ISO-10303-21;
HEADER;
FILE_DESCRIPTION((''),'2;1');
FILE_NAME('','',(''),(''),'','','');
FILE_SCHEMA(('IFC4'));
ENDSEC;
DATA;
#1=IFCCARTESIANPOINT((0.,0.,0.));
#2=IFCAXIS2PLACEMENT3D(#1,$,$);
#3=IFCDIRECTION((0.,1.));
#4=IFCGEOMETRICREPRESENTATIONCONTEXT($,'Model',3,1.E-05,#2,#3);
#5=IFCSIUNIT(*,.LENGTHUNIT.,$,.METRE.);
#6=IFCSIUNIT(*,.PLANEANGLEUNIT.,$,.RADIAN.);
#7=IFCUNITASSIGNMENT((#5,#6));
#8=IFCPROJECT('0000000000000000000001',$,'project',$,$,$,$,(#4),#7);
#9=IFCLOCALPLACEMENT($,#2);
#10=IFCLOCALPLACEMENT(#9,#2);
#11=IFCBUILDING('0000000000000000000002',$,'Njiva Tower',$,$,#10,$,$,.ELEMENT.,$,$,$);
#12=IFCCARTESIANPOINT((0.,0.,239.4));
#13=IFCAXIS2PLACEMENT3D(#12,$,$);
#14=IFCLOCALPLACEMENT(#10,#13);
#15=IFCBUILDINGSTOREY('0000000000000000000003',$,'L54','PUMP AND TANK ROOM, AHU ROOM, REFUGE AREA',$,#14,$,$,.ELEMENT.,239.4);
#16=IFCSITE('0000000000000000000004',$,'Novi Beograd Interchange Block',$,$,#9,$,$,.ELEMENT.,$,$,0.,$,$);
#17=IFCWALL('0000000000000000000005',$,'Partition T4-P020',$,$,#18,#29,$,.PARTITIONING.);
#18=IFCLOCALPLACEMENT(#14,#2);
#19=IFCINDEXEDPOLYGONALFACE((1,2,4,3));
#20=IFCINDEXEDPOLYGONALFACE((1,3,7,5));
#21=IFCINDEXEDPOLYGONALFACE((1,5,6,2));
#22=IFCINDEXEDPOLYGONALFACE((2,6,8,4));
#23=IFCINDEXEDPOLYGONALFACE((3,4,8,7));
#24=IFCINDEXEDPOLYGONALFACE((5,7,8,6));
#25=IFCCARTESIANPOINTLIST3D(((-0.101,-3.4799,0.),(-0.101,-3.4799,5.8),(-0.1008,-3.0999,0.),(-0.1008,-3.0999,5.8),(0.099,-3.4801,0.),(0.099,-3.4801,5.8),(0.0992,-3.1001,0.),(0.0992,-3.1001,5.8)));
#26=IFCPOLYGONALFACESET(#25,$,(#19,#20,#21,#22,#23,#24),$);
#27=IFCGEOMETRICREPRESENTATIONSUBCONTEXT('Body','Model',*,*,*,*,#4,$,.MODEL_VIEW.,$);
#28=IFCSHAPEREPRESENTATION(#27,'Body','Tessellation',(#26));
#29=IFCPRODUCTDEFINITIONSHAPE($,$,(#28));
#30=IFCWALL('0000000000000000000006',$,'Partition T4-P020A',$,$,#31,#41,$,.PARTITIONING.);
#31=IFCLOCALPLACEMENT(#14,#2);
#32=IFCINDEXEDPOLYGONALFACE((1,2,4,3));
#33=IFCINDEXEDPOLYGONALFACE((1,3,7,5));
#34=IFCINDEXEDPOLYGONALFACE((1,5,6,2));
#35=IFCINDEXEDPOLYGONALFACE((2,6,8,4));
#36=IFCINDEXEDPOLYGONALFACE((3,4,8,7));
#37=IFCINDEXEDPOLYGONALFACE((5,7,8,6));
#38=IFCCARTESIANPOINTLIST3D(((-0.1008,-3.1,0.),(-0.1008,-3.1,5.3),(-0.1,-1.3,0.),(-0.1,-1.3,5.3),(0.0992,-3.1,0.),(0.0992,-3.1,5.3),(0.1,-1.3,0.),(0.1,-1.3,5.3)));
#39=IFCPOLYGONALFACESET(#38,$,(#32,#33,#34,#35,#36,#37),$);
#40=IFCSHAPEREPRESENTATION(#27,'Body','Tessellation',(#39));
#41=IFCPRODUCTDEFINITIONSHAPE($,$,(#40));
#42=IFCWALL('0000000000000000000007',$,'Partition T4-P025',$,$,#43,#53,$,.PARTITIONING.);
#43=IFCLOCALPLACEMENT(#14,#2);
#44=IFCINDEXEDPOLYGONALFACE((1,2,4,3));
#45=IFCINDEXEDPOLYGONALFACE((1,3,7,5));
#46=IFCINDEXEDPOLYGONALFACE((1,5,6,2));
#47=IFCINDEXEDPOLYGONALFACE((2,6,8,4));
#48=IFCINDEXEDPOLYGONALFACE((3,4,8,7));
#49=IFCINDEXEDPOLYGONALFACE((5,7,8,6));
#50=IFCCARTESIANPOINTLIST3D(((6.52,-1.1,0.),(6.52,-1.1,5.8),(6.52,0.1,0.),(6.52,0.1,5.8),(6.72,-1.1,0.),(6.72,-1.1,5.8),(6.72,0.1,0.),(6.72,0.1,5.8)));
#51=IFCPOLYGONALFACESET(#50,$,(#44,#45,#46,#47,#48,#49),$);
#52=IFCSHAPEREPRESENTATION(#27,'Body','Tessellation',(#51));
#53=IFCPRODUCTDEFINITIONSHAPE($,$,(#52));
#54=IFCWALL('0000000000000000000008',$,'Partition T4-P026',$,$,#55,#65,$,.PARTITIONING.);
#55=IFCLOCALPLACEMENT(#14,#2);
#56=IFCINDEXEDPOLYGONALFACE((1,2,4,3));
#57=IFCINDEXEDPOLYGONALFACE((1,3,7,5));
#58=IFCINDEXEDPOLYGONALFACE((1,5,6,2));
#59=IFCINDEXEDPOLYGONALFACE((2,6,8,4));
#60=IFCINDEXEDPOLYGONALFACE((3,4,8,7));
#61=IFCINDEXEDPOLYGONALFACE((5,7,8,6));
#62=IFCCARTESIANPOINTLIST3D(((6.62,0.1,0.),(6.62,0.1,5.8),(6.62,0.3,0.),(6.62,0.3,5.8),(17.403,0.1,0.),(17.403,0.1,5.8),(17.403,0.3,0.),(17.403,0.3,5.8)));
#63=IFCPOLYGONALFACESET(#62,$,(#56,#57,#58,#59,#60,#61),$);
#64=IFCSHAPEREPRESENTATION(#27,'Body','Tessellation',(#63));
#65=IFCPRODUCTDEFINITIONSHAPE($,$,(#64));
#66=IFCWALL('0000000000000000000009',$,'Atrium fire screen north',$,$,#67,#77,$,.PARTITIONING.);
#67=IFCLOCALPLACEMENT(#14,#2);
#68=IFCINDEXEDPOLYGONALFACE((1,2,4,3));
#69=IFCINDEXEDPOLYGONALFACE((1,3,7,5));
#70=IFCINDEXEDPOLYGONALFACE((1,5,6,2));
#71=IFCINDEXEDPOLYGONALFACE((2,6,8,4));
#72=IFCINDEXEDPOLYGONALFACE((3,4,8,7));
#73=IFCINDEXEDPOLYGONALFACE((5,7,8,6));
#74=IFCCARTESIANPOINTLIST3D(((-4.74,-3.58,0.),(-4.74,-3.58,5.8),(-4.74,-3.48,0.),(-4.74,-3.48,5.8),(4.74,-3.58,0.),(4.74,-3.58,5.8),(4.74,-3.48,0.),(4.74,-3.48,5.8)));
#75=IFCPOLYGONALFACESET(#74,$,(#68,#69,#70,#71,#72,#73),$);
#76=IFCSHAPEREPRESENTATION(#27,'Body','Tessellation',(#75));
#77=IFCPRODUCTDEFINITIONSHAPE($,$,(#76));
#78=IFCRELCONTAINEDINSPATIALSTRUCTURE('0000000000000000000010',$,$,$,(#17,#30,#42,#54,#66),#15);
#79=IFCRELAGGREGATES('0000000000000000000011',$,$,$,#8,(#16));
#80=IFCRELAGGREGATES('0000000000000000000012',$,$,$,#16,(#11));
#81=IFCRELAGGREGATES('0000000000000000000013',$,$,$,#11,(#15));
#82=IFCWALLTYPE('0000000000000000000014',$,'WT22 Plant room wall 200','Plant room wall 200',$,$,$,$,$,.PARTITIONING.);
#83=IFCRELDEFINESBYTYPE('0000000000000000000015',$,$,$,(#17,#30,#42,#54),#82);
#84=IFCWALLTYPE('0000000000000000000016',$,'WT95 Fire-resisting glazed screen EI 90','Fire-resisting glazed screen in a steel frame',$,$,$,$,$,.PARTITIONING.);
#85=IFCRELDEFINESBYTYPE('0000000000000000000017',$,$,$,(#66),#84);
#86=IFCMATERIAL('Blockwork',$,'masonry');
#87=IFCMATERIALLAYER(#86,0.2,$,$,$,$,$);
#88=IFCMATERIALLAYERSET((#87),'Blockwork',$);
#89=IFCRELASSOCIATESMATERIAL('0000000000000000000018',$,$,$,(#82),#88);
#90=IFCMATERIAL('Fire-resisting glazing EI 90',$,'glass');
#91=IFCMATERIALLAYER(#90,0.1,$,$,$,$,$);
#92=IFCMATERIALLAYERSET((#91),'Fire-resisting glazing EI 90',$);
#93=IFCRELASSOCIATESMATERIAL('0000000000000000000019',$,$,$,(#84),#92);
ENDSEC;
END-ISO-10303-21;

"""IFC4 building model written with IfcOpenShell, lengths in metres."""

from ifc_helpers import new_model, si_unit, direction, frame, frame_2d, origin, place, context, subcontext, project, spatial, rectangle, extrude, material, layer, layer_set, type_object, element, save


model = new_model("IFC4")

# Units and contexts
model_context = context("Model", 3, precision=1e-05, world=origin(), true_north=direction((0.0, 1.0)))
body_context = subcontext(model_context, "Body", "Model", "MODEL_VIEW")
ifc_project = project(units=[si_unit("LENGTHUNIT", "METRE"), si_unit("PLANEANGLEUNIT", "RADIAN")], contexts=[model_context])

# Site, building, storey
site_placement = place(None, origin())
site = spatial("IfcSite", under=ifc_project, at=site_placement, Name="Novi Beograd Interchange Block", CompositionType="ELEMENT", RefElevation=0.0)
building_placement = place(site_placement, origin())
building = spatial("IfcBuilding", under=site, at=building_placement, Name="Njiva Tower", CompositionType="ELEMENT")
storey_placement = place(building_placement, frame((0.0, 0.0, 239.4)))
storey = spatial("IfcBuildingStorey", under=building, at=storey_placement, Name="L54", Description="PUMP AND TANK ROOM, AHU ROOM, REFUGE AREA", CompositionType="ELEMENT", Elevation=239.4)

# Walls
ifc_material_1 = material(Name="Blockwork", Category="masonry")
ifc_layer_1 = layer(ifc_material_1, 0.2)
ifc_layer_set_1 = layer_set([ifc_layer_1], Name="Blockwork")
wall_type_1 = type_object("IfcWallType", Name="WT22 Plant room wall 200", Description="Plant room wall 200", PredefinedType="PARTITIONING", material=ifc_layer_set_1)
wall_1_placement = place(storey_placement, frame((-0.001, -3.48, 0.0), z_axis=(0.0, 0.0, 1.0), x_axis=(0.000526, 1.0, 0.0)))
element("IfcWall", 1, at=wall_1_placement, inside=storey, type_object=wall_type_1, Name="Partition T4-P020", PredefinedType="PARTITIONING", context=body_context, shape_type="SweptSolid", body=[
    extrude(rectangle(XDim=0.38, YDim=0.2, at=frame_2d((0.19, 0.0))), origin(), (0.0, 0.0, 1.0), 5.8),
])
wall_2_placement = place(storey_placement, frame((-0.0008, -3.1, 0.0), z_axis=(0.0, 0.0, 1.0), x_axis=(0.000444, 1.0, 0.0)))
element("IfcWall", 2, at=wall_2_placement, inside=storey, type_object=wall_type_1, Name="Partition T4-P020A", PredefinedType="PARTITIONING", context=body_context, shape_type="SweptSolid", body=[
    extrude(rectangle(XDim=1.8, YDim=0.2, at=frame_2d((0.9, 0.0))), origin(), (0.0, 0.0, 1.0), 5.3),
])
wall_3_placement = place(storey_placement, frame((6.62, -1.1, 0.0), z_axis=(0.0, 0.0, 1.0), x_axis=(0.0, 1.0, 0.0)))
element("IfcWall", 3, at=wall_3_placement, inside=storey, type_object=wall_type_1, Name="Partition T4-P025", PredefinedType="PARTITIONING", context=body_context, shape_type="SweptSolid", body=[
    extrude(rectangle(XDim=1.2, YDim=0.2, at=frame_2d((0.6, 0.0))), origin(), (0.0, 0.0, 1.0), 5.8),
])
wall_4_placement = place(storey_placement, frame((6.62, 0.2, 0.0), z_axis=(0.0, 0.0, 1.0), x_axis=(1.0, 0.0, 0.0)))
element("IfcWall", 4, at=wall_4_placement, inside=storey, type_object=wall_type_1, Name="Partition T4-P026", PredefinedType="PARTITIONING", context=body_context, shape_type="SweptSolid", body=[
    extrude(rectangle(XDim=10.783, YDim=0.2, at=frame_2d((5.3915, 0.0))), origin(), (0.0, 0.0, 1.0), 5.8),
])
ifc_material_2 = material(Name="Fire-resisting glazing EI 90", Category="glass")
ifc_layer_2 = layer(ifc_material_2, 0.1)
ifc_layer_set_2 = layer_set([ifc_layer_2], Name="Fire-resisting glazing EI 90")
wall_type_2 = type_object("IfcWallType", Name="WT95 Fire-resisting glazed screen EI 90", Description="Fire-resisting glazed screen in a steel frame", PredefinedType="PARTITIONING", material=ifc_layer_set_2)
wall_5_placement = place(storey_placement, frame((4.74, -3.53, 0.0), z_axis=(0.0, 0.0, 1.0), x_axis=(-1.0, 0.0, 0.0)))
element("IfcWall", 5, at=wall_5_placement, inside=storey, type_object=wall_type_2, Name="Atrium fire screen north", PredefinedType="PARTITIONING", context=body_context, shape_type="SweptSolid", body=[
    extrude(rectangle(XDim=9.48, YDim=0.1, at=frame_2d((4.74, 0.0))), origin(), (0.0, 0.0, 1.0), 5.8),
])

save(model, "model.ifc")
